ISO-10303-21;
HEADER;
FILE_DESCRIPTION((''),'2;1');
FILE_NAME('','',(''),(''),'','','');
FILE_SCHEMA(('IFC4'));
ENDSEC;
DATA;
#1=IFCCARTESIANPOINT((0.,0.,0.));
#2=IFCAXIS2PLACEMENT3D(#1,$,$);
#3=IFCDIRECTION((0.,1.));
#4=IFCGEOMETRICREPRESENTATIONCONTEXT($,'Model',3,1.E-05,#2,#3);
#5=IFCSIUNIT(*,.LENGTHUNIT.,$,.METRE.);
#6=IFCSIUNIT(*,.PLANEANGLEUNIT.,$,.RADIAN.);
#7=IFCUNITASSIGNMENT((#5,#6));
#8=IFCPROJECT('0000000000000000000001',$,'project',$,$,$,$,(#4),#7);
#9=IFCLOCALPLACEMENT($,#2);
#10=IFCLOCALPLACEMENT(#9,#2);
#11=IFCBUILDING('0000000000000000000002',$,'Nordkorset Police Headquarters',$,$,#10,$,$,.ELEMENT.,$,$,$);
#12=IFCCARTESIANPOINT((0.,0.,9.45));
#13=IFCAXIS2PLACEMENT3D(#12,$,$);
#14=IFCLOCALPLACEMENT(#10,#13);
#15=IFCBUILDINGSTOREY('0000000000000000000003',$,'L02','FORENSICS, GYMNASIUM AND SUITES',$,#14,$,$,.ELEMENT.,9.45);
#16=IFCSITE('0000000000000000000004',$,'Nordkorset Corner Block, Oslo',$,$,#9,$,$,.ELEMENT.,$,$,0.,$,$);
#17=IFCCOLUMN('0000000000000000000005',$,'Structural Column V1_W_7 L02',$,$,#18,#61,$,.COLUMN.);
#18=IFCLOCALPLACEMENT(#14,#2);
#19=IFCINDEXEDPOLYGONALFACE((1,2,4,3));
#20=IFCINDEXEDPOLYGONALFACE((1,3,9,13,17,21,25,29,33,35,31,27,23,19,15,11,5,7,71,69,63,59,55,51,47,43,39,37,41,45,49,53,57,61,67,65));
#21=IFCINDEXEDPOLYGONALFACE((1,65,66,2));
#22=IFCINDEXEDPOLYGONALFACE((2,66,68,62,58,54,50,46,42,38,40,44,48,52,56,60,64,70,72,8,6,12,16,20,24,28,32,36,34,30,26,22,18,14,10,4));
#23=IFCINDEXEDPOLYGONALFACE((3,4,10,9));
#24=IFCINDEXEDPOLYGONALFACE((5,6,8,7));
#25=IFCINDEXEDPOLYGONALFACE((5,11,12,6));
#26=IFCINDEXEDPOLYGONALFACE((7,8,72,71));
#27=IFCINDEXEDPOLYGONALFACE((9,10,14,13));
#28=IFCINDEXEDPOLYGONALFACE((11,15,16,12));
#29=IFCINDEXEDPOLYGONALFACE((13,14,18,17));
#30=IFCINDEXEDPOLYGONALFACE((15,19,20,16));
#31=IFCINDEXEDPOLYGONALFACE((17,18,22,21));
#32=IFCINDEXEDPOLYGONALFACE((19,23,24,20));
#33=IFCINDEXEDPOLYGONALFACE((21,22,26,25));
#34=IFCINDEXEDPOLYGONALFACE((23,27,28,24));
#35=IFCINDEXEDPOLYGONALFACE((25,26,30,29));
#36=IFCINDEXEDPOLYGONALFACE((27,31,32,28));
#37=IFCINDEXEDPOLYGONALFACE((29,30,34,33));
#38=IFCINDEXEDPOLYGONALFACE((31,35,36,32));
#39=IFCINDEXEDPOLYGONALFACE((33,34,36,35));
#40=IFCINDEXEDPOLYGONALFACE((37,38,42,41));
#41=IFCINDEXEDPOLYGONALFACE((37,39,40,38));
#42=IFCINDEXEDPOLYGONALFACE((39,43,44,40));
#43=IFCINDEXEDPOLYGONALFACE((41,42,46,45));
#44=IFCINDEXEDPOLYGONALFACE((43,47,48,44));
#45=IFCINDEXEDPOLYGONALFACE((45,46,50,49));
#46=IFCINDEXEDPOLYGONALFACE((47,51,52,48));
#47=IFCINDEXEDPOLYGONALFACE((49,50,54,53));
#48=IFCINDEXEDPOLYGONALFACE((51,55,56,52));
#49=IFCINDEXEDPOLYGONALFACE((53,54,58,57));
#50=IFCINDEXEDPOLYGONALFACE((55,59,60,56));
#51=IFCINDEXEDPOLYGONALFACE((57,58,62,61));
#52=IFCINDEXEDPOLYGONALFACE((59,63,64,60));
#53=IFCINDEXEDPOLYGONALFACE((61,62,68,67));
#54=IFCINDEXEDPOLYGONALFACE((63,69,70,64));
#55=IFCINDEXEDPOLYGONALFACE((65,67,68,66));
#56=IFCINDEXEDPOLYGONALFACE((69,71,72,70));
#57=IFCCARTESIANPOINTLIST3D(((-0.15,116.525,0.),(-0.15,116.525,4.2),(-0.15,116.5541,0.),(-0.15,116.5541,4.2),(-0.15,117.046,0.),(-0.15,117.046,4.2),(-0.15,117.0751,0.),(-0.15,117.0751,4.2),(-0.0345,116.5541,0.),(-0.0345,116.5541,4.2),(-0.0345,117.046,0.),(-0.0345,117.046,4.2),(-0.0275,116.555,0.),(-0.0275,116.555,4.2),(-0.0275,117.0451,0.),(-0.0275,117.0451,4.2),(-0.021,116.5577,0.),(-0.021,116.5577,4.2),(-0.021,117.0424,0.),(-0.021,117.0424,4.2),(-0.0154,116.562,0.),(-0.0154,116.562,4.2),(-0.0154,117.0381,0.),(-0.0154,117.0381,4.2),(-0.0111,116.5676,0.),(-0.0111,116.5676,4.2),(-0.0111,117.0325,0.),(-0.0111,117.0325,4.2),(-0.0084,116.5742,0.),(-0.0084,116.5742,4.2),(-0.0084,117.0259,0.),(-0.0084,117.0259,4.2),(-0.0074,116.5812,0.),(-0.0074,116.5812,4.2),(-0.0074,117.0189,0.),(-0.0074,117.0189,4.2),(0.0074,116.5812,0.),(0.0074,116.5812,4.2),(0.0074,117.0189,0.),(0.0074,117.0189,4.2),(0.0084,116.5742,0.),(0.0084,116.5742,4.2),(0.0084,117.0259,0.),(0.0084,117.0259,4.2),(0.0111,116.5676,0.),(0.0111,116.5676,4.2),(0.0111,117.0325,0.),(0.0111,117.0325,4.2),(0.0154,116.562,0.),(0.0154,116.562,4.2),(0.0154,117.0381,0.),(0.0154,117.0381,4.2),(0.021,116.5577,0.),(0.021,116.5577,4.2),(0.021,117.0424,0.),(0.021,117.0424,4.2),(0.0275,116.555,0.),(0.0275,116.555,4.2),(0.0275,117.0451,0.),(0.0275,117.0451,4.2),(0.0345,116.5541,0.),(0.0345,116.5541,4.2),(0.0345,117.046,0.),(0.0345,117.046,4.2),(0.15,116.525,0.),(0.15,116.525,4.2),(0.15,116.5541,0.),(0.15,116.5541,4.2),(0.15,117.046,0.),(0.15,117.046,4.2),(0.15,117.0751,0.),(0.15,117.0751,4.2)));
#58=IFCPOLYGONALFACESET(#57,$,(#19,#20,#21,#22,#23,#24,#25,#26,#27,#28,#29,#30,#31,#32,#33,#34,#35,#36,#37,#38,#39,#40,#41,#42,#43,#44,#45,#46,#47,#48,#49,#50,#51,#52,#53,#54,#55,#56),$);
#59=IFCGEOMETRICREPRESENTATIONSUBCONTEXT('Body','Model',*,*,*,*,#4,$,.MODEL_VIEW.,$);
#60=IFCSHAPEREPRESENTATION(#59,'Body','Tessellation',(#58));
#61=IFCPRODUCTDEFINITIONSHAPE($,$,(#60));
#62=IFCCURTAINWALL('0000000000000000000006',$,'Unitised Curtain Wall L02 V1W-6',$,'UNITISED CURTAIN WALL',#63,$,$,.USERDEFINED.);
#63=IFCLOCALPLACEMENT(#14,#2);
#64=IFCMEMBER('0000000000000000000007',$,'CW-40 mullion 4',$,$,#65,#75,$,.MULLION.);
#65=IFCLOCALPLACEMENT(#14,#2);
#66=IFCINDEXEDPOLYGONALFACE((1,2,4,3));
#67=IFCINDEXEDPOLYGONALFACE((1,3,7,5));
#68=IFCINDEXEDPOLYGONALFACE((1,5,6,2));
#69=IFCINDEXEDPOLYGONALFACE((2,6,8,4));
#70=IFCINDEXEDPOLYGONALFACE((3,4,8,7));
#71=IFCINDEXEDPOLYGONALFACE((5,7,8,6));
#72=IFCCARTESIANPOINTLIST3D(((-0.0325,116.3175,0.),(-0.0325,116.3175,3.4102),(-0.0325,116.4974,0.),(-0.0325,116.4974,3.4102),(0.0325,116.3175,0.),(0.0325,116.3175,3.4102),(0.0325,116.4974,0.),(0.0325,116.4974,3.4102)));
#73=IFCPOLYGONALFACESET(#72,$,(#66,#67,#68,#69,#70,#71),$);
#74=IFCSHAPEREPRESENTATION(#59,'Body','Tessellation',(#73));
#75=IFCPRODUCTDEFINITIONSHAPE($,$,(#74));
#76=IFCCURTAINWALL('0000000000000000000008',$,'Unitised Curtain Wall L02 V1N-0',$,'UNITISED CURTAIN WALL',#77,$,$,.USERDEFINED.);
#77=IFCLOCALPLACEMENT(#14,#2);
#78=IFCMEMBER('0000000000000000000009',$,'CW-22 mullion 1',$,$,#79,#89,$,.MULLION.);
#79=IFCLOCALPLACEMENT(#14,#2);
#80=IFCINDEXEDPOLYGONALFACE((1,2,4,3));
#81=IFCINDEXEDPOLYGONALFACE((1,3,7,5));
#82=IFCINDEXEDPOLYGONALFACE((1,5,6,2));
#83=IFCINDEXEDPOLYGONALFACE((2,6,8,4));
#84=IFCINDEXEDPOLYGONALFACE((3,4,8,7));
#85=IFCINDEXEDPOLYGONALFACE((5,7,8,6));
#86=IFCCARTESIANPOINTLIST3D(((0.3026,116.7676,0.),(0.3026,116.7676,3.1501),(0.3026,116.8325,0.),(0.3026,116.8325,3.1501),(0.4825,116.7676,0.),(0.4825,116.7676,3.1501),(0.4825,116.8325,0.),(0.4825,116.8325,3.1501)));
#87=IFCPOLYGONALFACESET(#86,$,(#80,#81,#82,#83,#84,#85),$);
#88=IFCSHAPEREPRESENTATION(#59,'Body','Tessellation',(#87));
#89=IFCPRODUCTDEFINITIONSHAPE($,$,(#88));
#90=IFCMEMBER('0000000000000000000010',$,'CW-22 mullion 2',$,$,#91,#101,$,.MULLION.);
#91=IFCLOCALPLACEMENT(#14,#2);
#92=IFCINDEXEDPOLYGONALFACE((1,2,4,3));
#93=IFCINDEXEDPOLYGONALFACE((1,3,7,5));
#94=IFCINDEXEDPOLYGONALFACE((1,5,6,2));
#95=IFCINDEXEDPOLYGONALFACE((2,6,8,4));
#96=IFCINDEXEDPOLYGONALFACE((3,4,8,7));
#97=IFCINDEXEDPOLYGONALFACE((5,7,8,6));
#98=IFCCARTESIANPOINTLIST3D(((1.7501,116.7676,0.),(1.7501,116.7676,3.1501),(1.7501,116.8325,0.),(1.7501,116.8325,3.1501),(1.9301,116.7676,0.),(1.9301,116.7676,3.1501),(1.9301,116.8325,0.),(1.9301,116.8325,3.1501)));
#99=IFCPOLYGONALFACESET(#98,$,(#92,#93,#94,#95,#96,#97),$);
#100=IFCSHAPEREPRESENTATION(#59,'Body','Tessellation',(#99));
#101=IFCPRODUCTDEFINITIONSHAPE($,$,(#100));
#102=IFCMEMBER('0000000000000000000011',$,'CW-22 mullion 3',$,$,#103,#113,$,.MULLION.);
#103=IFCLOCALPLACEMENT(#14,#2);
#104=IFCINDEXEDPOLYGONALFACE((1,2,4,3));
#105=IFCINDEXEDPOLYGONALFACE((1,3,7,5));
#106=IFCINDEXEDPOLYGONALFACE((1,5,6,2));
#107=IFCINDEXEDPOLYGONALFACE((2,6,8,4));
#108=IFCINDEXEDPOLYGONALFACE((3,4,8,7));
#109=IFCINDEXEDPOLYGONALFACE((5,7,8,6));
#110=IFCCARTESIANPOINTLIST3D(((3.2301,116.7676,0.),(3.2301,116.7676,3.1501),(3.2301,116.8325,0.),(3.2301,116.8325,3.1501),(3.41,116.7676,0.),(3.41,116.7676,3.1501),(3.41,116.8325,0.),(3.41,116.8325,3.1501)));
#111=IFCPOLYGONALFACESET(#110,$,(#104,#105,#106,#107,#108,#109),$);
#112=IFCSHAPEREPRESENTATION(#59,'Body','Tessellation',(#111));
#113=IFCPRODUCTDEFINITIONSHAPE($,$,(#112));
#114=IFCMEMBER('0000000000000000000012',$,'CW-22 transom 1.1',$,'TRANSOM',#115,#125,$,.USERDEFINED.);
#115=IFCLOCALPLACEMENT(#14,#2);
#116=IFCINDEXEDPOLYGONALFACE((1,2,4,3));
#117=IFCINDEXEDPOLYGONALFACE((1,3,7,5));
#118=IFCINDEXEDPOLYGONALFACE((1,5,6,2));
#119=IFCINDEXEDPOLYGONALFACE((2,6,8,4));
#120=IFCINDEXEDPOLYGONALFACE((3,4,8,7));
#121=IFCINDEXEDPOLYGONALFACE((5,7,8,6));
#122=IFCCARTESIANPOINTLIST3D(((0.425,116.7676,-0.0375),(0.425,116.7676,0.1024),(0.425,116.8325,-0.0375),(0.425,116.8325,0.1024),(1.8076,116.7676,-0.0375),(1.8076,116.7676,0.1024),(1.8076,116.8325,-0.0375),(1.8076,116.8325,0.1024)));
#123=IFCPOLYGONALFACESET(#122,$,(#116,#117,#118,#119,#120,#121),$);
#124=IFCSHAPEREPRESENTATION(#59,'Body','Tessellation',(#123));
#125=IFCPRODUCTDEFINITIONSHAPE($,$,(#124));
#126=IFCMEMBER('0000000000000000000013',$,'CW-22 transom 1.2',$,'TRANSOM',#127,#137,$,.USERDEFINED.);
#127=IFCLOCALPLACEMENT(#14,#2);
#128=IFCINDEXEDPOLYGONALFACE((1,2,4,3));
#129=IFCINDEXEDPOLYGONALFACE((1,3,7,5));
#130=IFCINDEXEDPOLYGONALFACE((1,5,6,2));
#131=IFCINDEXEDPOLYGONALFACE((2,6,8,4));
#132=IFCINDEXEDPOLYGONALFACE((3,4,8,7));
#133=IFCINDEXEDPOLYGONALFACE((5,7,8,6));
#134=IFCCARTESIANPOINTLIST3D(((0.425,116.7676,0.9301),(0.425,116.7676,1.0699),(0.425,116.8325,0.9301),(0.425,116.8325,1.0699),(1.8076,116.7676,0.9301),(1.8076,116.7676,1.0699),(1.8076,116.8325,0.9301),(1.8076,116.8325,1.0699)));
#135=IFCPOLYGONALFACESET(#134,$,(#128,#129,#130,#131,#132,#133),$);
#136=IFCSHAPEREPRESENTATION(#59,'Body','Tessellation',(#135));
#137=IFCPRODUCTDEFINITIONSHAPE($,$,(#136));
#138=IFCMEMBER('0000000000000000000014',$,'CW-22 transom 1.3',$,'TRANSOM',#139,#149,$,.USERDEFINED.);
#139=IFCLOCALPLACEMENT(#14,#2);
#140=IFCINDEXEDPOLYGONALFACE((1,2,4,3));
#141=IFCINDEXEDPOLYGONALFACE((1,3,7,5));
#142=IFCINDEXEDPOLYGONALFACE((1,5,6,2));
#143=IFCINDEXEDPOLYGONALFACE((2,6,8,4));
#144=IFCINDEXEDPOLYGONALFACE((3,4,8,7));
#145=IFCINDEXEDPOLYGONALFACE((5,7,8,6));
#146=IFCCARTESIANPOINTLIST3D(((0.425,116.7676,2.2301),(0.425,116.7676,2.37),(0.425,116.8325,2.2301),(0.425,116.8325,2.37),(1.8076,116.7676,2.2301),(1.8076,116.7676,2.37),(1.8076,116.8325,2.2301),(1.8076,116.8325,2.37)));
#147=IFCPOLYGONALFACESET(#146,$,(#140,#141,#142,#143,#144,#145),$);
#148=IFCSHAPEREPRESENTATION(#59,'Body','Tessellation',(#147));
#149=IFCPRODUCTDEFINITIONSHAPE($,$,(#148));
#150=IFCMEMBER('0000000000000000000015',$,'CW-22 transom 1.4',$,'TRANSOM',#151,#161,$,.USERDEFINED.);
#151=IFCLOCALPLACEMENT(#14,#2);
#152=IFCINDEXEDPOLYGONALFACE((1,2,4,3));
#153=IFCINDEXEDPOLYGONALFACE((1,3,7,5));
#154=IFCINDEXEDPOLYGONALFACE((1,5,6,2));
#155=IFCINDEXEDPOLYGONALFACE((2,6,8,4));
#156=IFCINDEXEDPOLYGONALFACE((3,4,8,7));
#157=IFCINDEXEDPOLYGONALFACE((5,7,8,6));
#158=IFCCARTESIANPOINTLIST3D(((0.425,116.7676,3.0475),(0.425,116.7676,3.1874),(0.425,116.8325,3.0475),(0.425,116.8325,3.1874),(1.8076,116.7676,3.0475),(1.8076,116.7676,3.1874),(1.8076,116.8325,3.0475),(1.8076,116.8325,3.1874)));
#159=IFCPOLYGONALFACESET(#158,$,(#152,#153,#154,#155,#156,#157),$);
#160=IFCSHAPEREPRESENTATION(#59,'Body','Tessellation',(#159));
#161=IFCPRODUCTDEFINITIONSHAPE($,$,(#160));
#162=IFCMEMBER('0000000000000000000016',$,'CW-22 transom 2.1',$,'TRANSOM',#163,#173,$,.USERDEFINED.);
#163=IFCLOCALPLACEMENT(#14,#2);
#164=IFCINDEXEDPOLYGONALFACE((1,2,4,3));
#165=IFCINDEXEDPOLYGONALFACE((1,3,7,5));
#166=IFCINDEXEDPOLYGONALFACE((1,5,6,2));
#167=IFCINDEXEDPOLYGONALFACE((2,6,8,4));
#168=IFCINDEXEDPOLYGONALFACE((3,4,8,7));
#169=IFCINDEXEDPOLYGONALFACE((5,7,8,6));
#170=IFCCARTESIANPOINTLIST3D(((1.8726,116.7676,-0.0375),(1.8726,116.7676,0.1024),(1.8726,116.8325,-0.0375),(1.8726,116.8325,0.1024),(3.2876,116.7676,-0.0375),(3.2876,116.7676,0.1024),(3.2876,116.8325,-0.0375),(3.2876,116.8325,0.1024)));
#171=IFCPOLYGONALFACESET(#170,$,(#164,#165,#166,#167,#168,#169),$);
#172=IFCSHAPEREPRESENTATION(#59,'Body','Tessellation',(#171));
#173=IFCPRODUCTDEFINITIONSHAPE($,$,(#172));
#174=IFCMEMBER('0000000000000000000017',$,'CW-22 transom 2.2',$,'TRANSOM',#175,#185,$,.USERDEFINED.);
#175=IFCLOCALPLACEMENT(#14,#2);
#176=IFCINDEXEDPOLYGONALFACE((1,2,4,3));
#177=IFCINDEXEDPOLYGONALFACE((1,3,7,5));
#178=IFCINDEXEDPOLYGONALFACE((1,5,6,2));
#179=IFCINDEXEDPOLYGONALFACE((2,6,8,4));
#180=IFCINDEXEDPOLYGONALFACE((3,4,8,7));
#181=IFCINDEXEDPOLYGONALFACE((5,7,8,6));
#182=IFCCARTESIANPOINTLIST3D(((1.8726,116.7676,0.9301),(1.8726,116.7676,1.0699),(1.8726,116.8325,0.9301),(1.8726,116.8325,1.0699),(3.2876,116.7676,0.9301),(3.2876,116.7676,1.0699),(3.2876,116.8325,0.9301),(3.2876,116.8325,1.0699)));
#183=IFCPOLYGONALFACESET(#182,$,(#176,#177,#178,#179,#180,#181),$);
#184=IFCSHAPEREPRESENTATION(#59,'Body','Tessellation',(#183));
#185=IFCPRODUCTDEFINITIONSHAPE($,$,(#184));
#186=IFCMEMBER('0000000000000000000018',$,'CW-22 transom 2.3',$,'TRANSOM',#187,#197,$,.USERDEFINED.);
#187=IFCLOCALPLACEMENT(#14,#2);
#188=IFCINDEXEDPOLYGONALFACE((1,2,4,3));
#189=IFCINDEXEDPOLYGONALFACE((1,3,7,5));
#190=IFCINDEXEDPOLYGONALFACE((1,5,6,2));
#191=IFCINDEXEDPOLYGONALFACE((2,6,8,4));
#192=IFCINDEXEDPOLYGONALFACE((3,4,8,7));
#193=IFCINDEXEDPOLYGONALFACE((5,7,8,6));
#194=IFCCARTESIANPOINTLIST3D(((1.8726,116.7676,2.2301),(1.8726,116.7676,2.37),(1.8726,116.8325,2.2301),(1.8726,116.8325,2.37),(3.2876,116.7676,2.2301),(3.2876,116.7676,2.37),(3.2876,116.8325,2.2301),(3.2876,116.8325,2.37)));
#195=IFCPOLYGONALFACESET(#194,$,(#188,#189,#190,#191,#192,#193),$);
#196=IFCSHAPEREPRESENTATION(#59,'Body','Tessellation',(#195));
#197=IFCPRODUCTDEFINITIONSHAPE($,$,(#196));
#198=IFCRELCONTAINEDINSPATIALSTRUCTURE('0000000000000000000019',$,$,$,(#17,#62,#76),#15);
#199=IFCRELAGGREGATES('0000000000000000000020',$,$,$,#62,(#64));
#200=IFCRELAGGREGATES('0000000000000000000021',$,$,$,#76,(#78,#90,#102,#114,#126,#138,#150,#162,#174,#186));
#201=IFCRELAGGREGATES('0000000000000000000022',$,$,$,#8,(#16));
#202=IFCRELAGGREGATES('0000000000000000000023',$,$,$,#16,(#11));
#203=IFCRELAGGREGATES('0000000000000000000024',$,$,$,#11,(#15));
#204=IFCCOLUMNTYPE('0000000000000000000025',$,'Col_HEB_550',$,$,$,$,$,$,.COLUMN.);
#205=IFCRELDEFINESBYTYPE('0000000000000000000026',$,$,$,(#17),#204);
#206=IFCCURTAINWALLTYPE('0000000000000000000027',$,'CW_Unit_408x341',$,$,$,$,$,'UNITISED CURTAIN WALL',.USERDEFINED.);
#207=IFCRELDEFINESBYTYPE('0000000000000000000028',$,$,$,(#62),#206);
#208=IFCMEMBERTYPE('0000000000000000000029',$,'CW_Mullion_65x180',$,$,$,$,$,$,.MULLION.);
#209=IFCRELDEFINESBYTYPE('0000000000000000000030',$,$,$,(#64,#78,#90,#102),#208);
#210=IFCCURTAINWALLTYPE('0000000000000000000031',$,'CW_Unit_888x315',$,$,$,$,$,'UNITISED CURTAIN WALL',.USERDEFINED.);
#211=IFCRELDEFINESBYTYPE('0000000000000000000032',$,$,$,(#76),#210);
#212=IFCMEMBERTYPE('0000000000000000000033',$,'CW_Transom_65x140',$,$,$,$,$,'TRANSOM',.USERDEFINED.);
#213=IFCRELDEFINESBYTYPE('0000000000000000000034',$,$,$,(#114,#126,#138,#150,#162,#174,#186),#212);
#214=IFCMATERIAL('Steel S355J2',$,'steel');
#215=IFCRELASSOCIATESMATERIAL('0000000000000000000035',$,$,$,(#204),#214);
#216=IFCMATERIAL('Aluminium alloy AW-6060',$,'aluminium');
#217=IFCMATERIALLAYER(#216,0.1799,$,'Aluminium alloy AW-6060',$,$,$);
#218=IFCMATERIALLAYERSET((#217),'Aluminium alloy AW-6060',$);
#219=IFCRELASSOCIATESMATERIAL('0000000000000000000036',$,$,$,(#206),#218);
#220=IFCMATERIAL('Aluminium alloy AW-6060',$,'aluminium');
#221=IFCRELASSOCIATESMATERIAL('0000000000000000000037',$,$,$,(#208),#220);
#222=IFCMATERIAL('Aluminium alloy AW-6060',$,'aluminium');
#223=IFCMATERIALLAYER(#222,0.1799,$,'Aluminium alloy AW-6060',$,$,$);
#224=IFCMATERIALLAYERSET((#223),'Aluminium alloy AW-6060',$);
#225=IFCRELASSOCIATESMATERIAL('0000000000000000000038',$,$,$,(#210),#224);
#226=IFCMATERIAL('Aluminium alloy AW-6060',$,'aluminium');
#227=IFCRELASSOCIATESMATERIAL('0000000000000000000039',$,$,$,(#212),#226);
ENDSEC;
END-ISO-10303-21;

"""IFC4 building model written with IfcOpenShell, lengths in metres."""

from ifc_helpers import new_model, si_unit, direction, frame, origin, origin_2d, place, context, subcontext, project, spatial, rectangle, i_section, extrude, material, layer, layer_set, material_profile, profile_set, type_object, element, aggregate, save


model = new_model("IFC4")

# Units and contexts
model_context = context("Model", 3, precision=1e-05, world=origin(), true_north=direction((0.0, 1.0)))
body_context = subcontext(model_context, "Body", "Model", "MODEL_VIEW")
ifc_project = project(units=[si_unit("LENGTHUNIT", "METRE"), si_unit("PLANEANGLEUNIT", "RADIAN")], contexts=[model_context])

# Site, building, storey
site_placement = place(None, origin())
site = spatial("IfcSite", under=ifc_project, at=site_placement, Name="Nordkorset Corner Block, Oslo", CompositionType="ELEMENT", RefElevation=0.0)
building_placement = place(site_placement, origin())
building = spatial("IfcBuilding", under=site, at=building_placement, Name="Nordkorset Police Headquarters", CompositionType="ELEMENT")
storey_placement = place(building_placement, frame((0.0, 0.0, 9.45)))
storey = spatial("IfcBuildingStorey", under=building, at=storey_placement, Name="L02", Description="FORENSICS, GYMNASIUM AND SUITES", CompositionType="ELEMENT", Elevation=9.45)

# Column
ifc_material_1 = material(Name="Steel S355J2", Category="steel")
ifc_material_profile_1 = material_profile(ifc_material_1, i_section(OverallWidth=0.3, OverallDepth=0.55, WebThickness=0.0149, FlangeThickness=0.0291, FilletRadius=0.0271, at=origin_2d()), Name="HEB 550")
ifc_profile_set_1 = profile_set([ifc_material_profile_1], Name="Steel S355J2")
column_type = type_object("IfcColumnType", Name="Col_HEB_550", PredefinedType="COLUMN", material=ifc_profile_set_1)
column_placement = place(storey_placement, frame((0.0, 116.8, 0.0), z_axis=(0.0, 0.0, 1.0), x_axis=(1.0, 0.0, 0.0)))
element("IfcColumn", 1, at=column_placement, inside=storey, type_object=column_type, Name="Structural Column V1_W_7 L02", PredefinedType="COLUMN", context=body_context, shape_type="SweptSolid", body=[
    extrude(i_section(OverallWidth=0.3, OverallDepth=0.55, WebThickness=0.0149, FlangeThickness=0.0291, FilletRadius=0.0271, at=origin_2d()), origin(), (0.0, 0.0, 1.0), 4.2),
])

# Curtain wall, member
ifc_material_2 = material(Name="Aluminium alloy AW-6060", Category="aluminium")
ifc_layer_1 = layer(ifc_material_2, 0.1799, Name="Aluminium alloy AW-6060")
ifc_layer_set_1 = layer_set([ifc_layer_1], Name="Aluminium alloy AW-6060")
curtain_wall_type_1 = type_object("IfcCurtainWallType", Name="CW_Unit_408x341", ElementType="UNITISED CURTAIN WALL", PredefinedType="USERDEFINED", material=ifc_layer_set_1)
curtain_wall_1_placement = place(storey_placement, origin())
curtain_wall_1 = element("IfcCurtainWall", 2, at=curtain_wall_1_placement, inside=storey, type_object=curtain_wall_type_1, Name="Unitised Curtain Wall L02 V1W-6", ObjectType="UNITISED CURTAIN WALL", PredefinedType="USERDEFINED")
ifc_material_3 = material(Name="Aluminium alloy AW-6060", Category="aluminium")
ifc_material_profile_2 = material_profile(ifc_material_3, rectangle(XDim=0.0649, YDim=0.1799, at=origin_2d()), Name="ALU MULL 65x180")
ifc_profile_set_2 = profile_set([ifc_material_profile_2], Name="Aluminium alloy AW-6060")
member_type_1 = type_object("IfcMemberType", Name="CW_Mullion_65x180", PredefinedType="MULLION", material=ifc_profile_set_2)
member_1_placement = place(storey_placement, frame((0.0, 116.4075, 0.0), z_axis=(0.0, 0.0, 1.0), x_axis=(-1.0, 0.0, 0.0)))
member_1 = element("IfcMember", 3, at=member_1_placement, type_object=member_type_1, Name="CW-40 mullion 4", PredefinedType="MULLION", context=body_context, shape_type="SweptSolid", body=[
    extrude(rectangle(XDim=0.0649, YDim=0.1799, at=origin_2d()), origin(), (0.0, 0.0, 1.0), 3.4102),
])

# Curtain wall, members
ifc_material_4 = material(Name="Aluminium alloy AW-6060", Category="aluminium")
ifc_layer_2 = layer(ifc_material_4, 0.1799, Name="Aluminium alloy AW-6060")
ifc_layer_set_2 = layer_set([ifc_layer_2], Name="Aluminium alloy AW-6060")
curtain_wall_type_2 = type_object("IfcCurtainWallType", Name="CW_Unit_888x315", ElementType="UNITISED CURTAIN WALL", PredefinedType="USERDEFINED", material=ifc_layer_set_2)
curtain_wall_2_placement = place(storey_placement, origin())
curtain_wall_2 = element("IfcCurtainWall", 4, at=curtain_wall_2_placement, inside=storey, type_object=curtain_wall_type_2, Name="Unitised Curtain Wall L02 V1N-0", ObjectType="UNITISED CURTAIN WALL", PredefinedType="USERDEFINED")
member_2_placement = place(storey_placement, frame((0.3926, 116.8, 0.0), z_axis=(0.0, 0.0, 1.0), x_axis=(0.0, 1.0, 0.0)))
member_2 = element("IfcMember", 5, at=member_2_placement, type_object=member_type_1, Name="CW-22 mullion 1", PredefinedType="MULLION", context=body_context, shape_type="SweptSolid", body=[
    extrude(rectangle(XDim=0.0649, YDim=0.1799, at=origin_2d()), origin(), (0.0, 0.0, 1.0), 3.1501),
])
member_3_placement = place(storey_placement, frame((1.8401, 116.8, 0.0), z_axis=(0.0, 0.0, 1.0), x_axis=(0.0, 1.0, 0.0)))
member_3 = element("IfcMember", 6, at=member_3_placement, type_object=member_type_1, Name="CW-22 mullion 2", PredefinedType="MULLION", context=body_context, shape_type="SweptSolid", body=[
    extrude(rectangle(XDim=0.0649, YDim=0.1799, at=origin_2d()), origin(), (0.0, 0.0, 1.0), 3.1501),
])
member_4_placement = place(storey_placement, frame((3.3201, 116.8, 0.0), z_axis=(0.0, 0.0, 1.0), x_axis=(0.0, 1.0, 0.0)))
member_4 = element("IfcMember", 7, at=member_4_placement, type_object=member_type_1, Name="CW-22 mullion 3", PredefinedType="MULLION", context=body_context, shape_type="SweptSolid", body=[
    extrude(rectangle(XDim=0.0649, YDim=0.1799, at=origin_2d()), origin(), (0.0, 0.0, 1.0), 3.1501),
])
ifc_material_5 = material(Name="Aluminium alloy AW-6060", Category="aluminium")
ifc_material_profile_3 = material_profile(ifc_material_5, rectangle(XDim=0.0649, YDim=0.1399, at=origin_2d()), Name="ALU TRAN 65x140")
ifc_profile_set_3 = profile_set([ifc_material_profile_3], Name="Aluminium alloy AW-6060")
member_type_2 = type_object("IfcMemberType", Name="CW_Transom_65x140", ElementType="TRANSOM", PredefinedType="USERDEFINED", material=ifc_profile_set_3)
member_5_placement = place(storey_placement, frame((0.425, 116.8, 0.0325), z_axis=(1.0, 0.0, 0.0), x_axis=(0.0, 1.0, 0.0)))
member_5 = element("IfcMember", 8, at=member_5_placement, type_object=member_type_2, Name="CW-22 transom 1.1", ObjectType="TRANSOM", PredefinedType="USERDEFINED", context=body_context, shape_type="SweptSolid", body=[
    extrude(rectangle(XDim=0.0649, YDim=0.1399, at=origin_2d()), origin(), (0.0, 0.0, 1.0), 1.3826),
])
member_6_placement = place(storey_placement, frame((0.425, 116.8, 1.0), z_axis=(1.0, 0.0, 0.0), x_axis=(0.0, 1.0, 0.0)))
member_6 = element("IfcMember", 9, at=member_6_placement, type_object=member_type_2, Name="CW-22 transom 1.2", ObjectType="TRANSOM", PredefinedType="USERDEFINED", context=body_context, shape_type="SweptSolid", body=[
    extrude(rectangle(XDim=0.0649, YDim=0.1399, at=origin_2d()), origin(), (0.0, 0.0, 1.0), 1.3826),
])
member_7_placement = place(storey_placement, frame((0.425, 116.8, 2.3), z_axis=(1.0, 0.0, 0.0), x_axis=(0.0, 1.0, 0.0)))
member_7 = element("IfcMember", 10, at=member_7_placement, type_object=member_type_2, Name="CW-22 transom 1.3", ObjectType="TRANSOM", PredefinedType="USERDEFINED", context=body_context, shape_type="SweptSolid", body=[
    extrude(rectangle(XDim=0.0649, YDim=0.1399, at=origin_2d()), origin(), (0.0, 0.0, 1.0), 1.3826),
])
member_8_placement = place(storey_placement, frame((0.425, 116.8, 3.1174), z_axis=(1.0, 0.0, 0.0), x_axis=(0.0, 1.0, 0.0)))
member_8 = element("IfcMember", 11, at=member_8_placement, type_object=member_type_2, Name="CW-22 transom 1.4", ObjectType="TRANSOM", PredefinedType="USERDEFINED", context=body_context, shape_type="SweptSolid", body=[
    extrude(rectangle(XDim=0.0649, YDim=0.1399, at=origin_2d()), origin(), (0.0, 0.0, 1.0), 1.3826),
])
member_9_placement = place(storey_placement, frame((1.8726, 116.8, 0.0325), z_axis=(1.0, 0.0, 0.0), x_axis=(0.0, 1.0, 0.0)))
member_9 = element("IfcMember", 12, at=member_9_placement, type_object=member_type_2, Name="CW-22 transom 2.1", ObjectType="TRANSOM", PredefinedType="USERDEFINED", context=body_context, shape_type="SweptSolid", body=[
    extrude(rectangle(XDim=0.0649, YDim=0.1399, at=origin_2d()), origin(), (0.0, 0.0, 1.0), 1.415),
])
member_10_placement = place(storey_placement, frame((1.8726, 116.8, 1.0), z_axis=(1.0, 0.0, 0.0), x_axis=(0.0, 1.0, 0.0)))
member_10 = element("IfcMember", 13, at=member_10_placement, type_object=member_type_2, Name="CW-22 transom 2.2", ObjectType="TRANSOM", PredefinedType="USERDEFINED", context=body_context, shape_type="SweptSolid", body=[
    extrude(rectangle(XDim=0.0649, YDim=0.1399, at=origin_2d()), origin(), (0.0, 0.0, 1.0), 1.415),
])
member_11_placement = place(storey_placement, frame((1.8726, 116.8, 2.3), z_axis=(1.0, 0.0, 0.0), x_axis=(0.0, 1.0, 0.0)))
member_11 = element("IfcMember", 14, at=member_11_placement, type_object=member_type_2, Name="CW-22 transom 2.3", ObjectType="TRANSOM", PredefinedType="USERDEFINED", context=body_context, shape_type="SweptSolid", body=[
    extrude(rectangle(XDim=0.0649, YDim=0.1399, at=origin_2d()), origin(), (0.0, 0.0, 1.0), 1.415),
])

aggregate(curtain_wall_1, [member_1])
aggregate(curtain_wall_2, [member_2, member_3, member_4, member_5, member_6, member_7, member_8, member_9, member_10, member_11])

save(model, "model.ifc")
